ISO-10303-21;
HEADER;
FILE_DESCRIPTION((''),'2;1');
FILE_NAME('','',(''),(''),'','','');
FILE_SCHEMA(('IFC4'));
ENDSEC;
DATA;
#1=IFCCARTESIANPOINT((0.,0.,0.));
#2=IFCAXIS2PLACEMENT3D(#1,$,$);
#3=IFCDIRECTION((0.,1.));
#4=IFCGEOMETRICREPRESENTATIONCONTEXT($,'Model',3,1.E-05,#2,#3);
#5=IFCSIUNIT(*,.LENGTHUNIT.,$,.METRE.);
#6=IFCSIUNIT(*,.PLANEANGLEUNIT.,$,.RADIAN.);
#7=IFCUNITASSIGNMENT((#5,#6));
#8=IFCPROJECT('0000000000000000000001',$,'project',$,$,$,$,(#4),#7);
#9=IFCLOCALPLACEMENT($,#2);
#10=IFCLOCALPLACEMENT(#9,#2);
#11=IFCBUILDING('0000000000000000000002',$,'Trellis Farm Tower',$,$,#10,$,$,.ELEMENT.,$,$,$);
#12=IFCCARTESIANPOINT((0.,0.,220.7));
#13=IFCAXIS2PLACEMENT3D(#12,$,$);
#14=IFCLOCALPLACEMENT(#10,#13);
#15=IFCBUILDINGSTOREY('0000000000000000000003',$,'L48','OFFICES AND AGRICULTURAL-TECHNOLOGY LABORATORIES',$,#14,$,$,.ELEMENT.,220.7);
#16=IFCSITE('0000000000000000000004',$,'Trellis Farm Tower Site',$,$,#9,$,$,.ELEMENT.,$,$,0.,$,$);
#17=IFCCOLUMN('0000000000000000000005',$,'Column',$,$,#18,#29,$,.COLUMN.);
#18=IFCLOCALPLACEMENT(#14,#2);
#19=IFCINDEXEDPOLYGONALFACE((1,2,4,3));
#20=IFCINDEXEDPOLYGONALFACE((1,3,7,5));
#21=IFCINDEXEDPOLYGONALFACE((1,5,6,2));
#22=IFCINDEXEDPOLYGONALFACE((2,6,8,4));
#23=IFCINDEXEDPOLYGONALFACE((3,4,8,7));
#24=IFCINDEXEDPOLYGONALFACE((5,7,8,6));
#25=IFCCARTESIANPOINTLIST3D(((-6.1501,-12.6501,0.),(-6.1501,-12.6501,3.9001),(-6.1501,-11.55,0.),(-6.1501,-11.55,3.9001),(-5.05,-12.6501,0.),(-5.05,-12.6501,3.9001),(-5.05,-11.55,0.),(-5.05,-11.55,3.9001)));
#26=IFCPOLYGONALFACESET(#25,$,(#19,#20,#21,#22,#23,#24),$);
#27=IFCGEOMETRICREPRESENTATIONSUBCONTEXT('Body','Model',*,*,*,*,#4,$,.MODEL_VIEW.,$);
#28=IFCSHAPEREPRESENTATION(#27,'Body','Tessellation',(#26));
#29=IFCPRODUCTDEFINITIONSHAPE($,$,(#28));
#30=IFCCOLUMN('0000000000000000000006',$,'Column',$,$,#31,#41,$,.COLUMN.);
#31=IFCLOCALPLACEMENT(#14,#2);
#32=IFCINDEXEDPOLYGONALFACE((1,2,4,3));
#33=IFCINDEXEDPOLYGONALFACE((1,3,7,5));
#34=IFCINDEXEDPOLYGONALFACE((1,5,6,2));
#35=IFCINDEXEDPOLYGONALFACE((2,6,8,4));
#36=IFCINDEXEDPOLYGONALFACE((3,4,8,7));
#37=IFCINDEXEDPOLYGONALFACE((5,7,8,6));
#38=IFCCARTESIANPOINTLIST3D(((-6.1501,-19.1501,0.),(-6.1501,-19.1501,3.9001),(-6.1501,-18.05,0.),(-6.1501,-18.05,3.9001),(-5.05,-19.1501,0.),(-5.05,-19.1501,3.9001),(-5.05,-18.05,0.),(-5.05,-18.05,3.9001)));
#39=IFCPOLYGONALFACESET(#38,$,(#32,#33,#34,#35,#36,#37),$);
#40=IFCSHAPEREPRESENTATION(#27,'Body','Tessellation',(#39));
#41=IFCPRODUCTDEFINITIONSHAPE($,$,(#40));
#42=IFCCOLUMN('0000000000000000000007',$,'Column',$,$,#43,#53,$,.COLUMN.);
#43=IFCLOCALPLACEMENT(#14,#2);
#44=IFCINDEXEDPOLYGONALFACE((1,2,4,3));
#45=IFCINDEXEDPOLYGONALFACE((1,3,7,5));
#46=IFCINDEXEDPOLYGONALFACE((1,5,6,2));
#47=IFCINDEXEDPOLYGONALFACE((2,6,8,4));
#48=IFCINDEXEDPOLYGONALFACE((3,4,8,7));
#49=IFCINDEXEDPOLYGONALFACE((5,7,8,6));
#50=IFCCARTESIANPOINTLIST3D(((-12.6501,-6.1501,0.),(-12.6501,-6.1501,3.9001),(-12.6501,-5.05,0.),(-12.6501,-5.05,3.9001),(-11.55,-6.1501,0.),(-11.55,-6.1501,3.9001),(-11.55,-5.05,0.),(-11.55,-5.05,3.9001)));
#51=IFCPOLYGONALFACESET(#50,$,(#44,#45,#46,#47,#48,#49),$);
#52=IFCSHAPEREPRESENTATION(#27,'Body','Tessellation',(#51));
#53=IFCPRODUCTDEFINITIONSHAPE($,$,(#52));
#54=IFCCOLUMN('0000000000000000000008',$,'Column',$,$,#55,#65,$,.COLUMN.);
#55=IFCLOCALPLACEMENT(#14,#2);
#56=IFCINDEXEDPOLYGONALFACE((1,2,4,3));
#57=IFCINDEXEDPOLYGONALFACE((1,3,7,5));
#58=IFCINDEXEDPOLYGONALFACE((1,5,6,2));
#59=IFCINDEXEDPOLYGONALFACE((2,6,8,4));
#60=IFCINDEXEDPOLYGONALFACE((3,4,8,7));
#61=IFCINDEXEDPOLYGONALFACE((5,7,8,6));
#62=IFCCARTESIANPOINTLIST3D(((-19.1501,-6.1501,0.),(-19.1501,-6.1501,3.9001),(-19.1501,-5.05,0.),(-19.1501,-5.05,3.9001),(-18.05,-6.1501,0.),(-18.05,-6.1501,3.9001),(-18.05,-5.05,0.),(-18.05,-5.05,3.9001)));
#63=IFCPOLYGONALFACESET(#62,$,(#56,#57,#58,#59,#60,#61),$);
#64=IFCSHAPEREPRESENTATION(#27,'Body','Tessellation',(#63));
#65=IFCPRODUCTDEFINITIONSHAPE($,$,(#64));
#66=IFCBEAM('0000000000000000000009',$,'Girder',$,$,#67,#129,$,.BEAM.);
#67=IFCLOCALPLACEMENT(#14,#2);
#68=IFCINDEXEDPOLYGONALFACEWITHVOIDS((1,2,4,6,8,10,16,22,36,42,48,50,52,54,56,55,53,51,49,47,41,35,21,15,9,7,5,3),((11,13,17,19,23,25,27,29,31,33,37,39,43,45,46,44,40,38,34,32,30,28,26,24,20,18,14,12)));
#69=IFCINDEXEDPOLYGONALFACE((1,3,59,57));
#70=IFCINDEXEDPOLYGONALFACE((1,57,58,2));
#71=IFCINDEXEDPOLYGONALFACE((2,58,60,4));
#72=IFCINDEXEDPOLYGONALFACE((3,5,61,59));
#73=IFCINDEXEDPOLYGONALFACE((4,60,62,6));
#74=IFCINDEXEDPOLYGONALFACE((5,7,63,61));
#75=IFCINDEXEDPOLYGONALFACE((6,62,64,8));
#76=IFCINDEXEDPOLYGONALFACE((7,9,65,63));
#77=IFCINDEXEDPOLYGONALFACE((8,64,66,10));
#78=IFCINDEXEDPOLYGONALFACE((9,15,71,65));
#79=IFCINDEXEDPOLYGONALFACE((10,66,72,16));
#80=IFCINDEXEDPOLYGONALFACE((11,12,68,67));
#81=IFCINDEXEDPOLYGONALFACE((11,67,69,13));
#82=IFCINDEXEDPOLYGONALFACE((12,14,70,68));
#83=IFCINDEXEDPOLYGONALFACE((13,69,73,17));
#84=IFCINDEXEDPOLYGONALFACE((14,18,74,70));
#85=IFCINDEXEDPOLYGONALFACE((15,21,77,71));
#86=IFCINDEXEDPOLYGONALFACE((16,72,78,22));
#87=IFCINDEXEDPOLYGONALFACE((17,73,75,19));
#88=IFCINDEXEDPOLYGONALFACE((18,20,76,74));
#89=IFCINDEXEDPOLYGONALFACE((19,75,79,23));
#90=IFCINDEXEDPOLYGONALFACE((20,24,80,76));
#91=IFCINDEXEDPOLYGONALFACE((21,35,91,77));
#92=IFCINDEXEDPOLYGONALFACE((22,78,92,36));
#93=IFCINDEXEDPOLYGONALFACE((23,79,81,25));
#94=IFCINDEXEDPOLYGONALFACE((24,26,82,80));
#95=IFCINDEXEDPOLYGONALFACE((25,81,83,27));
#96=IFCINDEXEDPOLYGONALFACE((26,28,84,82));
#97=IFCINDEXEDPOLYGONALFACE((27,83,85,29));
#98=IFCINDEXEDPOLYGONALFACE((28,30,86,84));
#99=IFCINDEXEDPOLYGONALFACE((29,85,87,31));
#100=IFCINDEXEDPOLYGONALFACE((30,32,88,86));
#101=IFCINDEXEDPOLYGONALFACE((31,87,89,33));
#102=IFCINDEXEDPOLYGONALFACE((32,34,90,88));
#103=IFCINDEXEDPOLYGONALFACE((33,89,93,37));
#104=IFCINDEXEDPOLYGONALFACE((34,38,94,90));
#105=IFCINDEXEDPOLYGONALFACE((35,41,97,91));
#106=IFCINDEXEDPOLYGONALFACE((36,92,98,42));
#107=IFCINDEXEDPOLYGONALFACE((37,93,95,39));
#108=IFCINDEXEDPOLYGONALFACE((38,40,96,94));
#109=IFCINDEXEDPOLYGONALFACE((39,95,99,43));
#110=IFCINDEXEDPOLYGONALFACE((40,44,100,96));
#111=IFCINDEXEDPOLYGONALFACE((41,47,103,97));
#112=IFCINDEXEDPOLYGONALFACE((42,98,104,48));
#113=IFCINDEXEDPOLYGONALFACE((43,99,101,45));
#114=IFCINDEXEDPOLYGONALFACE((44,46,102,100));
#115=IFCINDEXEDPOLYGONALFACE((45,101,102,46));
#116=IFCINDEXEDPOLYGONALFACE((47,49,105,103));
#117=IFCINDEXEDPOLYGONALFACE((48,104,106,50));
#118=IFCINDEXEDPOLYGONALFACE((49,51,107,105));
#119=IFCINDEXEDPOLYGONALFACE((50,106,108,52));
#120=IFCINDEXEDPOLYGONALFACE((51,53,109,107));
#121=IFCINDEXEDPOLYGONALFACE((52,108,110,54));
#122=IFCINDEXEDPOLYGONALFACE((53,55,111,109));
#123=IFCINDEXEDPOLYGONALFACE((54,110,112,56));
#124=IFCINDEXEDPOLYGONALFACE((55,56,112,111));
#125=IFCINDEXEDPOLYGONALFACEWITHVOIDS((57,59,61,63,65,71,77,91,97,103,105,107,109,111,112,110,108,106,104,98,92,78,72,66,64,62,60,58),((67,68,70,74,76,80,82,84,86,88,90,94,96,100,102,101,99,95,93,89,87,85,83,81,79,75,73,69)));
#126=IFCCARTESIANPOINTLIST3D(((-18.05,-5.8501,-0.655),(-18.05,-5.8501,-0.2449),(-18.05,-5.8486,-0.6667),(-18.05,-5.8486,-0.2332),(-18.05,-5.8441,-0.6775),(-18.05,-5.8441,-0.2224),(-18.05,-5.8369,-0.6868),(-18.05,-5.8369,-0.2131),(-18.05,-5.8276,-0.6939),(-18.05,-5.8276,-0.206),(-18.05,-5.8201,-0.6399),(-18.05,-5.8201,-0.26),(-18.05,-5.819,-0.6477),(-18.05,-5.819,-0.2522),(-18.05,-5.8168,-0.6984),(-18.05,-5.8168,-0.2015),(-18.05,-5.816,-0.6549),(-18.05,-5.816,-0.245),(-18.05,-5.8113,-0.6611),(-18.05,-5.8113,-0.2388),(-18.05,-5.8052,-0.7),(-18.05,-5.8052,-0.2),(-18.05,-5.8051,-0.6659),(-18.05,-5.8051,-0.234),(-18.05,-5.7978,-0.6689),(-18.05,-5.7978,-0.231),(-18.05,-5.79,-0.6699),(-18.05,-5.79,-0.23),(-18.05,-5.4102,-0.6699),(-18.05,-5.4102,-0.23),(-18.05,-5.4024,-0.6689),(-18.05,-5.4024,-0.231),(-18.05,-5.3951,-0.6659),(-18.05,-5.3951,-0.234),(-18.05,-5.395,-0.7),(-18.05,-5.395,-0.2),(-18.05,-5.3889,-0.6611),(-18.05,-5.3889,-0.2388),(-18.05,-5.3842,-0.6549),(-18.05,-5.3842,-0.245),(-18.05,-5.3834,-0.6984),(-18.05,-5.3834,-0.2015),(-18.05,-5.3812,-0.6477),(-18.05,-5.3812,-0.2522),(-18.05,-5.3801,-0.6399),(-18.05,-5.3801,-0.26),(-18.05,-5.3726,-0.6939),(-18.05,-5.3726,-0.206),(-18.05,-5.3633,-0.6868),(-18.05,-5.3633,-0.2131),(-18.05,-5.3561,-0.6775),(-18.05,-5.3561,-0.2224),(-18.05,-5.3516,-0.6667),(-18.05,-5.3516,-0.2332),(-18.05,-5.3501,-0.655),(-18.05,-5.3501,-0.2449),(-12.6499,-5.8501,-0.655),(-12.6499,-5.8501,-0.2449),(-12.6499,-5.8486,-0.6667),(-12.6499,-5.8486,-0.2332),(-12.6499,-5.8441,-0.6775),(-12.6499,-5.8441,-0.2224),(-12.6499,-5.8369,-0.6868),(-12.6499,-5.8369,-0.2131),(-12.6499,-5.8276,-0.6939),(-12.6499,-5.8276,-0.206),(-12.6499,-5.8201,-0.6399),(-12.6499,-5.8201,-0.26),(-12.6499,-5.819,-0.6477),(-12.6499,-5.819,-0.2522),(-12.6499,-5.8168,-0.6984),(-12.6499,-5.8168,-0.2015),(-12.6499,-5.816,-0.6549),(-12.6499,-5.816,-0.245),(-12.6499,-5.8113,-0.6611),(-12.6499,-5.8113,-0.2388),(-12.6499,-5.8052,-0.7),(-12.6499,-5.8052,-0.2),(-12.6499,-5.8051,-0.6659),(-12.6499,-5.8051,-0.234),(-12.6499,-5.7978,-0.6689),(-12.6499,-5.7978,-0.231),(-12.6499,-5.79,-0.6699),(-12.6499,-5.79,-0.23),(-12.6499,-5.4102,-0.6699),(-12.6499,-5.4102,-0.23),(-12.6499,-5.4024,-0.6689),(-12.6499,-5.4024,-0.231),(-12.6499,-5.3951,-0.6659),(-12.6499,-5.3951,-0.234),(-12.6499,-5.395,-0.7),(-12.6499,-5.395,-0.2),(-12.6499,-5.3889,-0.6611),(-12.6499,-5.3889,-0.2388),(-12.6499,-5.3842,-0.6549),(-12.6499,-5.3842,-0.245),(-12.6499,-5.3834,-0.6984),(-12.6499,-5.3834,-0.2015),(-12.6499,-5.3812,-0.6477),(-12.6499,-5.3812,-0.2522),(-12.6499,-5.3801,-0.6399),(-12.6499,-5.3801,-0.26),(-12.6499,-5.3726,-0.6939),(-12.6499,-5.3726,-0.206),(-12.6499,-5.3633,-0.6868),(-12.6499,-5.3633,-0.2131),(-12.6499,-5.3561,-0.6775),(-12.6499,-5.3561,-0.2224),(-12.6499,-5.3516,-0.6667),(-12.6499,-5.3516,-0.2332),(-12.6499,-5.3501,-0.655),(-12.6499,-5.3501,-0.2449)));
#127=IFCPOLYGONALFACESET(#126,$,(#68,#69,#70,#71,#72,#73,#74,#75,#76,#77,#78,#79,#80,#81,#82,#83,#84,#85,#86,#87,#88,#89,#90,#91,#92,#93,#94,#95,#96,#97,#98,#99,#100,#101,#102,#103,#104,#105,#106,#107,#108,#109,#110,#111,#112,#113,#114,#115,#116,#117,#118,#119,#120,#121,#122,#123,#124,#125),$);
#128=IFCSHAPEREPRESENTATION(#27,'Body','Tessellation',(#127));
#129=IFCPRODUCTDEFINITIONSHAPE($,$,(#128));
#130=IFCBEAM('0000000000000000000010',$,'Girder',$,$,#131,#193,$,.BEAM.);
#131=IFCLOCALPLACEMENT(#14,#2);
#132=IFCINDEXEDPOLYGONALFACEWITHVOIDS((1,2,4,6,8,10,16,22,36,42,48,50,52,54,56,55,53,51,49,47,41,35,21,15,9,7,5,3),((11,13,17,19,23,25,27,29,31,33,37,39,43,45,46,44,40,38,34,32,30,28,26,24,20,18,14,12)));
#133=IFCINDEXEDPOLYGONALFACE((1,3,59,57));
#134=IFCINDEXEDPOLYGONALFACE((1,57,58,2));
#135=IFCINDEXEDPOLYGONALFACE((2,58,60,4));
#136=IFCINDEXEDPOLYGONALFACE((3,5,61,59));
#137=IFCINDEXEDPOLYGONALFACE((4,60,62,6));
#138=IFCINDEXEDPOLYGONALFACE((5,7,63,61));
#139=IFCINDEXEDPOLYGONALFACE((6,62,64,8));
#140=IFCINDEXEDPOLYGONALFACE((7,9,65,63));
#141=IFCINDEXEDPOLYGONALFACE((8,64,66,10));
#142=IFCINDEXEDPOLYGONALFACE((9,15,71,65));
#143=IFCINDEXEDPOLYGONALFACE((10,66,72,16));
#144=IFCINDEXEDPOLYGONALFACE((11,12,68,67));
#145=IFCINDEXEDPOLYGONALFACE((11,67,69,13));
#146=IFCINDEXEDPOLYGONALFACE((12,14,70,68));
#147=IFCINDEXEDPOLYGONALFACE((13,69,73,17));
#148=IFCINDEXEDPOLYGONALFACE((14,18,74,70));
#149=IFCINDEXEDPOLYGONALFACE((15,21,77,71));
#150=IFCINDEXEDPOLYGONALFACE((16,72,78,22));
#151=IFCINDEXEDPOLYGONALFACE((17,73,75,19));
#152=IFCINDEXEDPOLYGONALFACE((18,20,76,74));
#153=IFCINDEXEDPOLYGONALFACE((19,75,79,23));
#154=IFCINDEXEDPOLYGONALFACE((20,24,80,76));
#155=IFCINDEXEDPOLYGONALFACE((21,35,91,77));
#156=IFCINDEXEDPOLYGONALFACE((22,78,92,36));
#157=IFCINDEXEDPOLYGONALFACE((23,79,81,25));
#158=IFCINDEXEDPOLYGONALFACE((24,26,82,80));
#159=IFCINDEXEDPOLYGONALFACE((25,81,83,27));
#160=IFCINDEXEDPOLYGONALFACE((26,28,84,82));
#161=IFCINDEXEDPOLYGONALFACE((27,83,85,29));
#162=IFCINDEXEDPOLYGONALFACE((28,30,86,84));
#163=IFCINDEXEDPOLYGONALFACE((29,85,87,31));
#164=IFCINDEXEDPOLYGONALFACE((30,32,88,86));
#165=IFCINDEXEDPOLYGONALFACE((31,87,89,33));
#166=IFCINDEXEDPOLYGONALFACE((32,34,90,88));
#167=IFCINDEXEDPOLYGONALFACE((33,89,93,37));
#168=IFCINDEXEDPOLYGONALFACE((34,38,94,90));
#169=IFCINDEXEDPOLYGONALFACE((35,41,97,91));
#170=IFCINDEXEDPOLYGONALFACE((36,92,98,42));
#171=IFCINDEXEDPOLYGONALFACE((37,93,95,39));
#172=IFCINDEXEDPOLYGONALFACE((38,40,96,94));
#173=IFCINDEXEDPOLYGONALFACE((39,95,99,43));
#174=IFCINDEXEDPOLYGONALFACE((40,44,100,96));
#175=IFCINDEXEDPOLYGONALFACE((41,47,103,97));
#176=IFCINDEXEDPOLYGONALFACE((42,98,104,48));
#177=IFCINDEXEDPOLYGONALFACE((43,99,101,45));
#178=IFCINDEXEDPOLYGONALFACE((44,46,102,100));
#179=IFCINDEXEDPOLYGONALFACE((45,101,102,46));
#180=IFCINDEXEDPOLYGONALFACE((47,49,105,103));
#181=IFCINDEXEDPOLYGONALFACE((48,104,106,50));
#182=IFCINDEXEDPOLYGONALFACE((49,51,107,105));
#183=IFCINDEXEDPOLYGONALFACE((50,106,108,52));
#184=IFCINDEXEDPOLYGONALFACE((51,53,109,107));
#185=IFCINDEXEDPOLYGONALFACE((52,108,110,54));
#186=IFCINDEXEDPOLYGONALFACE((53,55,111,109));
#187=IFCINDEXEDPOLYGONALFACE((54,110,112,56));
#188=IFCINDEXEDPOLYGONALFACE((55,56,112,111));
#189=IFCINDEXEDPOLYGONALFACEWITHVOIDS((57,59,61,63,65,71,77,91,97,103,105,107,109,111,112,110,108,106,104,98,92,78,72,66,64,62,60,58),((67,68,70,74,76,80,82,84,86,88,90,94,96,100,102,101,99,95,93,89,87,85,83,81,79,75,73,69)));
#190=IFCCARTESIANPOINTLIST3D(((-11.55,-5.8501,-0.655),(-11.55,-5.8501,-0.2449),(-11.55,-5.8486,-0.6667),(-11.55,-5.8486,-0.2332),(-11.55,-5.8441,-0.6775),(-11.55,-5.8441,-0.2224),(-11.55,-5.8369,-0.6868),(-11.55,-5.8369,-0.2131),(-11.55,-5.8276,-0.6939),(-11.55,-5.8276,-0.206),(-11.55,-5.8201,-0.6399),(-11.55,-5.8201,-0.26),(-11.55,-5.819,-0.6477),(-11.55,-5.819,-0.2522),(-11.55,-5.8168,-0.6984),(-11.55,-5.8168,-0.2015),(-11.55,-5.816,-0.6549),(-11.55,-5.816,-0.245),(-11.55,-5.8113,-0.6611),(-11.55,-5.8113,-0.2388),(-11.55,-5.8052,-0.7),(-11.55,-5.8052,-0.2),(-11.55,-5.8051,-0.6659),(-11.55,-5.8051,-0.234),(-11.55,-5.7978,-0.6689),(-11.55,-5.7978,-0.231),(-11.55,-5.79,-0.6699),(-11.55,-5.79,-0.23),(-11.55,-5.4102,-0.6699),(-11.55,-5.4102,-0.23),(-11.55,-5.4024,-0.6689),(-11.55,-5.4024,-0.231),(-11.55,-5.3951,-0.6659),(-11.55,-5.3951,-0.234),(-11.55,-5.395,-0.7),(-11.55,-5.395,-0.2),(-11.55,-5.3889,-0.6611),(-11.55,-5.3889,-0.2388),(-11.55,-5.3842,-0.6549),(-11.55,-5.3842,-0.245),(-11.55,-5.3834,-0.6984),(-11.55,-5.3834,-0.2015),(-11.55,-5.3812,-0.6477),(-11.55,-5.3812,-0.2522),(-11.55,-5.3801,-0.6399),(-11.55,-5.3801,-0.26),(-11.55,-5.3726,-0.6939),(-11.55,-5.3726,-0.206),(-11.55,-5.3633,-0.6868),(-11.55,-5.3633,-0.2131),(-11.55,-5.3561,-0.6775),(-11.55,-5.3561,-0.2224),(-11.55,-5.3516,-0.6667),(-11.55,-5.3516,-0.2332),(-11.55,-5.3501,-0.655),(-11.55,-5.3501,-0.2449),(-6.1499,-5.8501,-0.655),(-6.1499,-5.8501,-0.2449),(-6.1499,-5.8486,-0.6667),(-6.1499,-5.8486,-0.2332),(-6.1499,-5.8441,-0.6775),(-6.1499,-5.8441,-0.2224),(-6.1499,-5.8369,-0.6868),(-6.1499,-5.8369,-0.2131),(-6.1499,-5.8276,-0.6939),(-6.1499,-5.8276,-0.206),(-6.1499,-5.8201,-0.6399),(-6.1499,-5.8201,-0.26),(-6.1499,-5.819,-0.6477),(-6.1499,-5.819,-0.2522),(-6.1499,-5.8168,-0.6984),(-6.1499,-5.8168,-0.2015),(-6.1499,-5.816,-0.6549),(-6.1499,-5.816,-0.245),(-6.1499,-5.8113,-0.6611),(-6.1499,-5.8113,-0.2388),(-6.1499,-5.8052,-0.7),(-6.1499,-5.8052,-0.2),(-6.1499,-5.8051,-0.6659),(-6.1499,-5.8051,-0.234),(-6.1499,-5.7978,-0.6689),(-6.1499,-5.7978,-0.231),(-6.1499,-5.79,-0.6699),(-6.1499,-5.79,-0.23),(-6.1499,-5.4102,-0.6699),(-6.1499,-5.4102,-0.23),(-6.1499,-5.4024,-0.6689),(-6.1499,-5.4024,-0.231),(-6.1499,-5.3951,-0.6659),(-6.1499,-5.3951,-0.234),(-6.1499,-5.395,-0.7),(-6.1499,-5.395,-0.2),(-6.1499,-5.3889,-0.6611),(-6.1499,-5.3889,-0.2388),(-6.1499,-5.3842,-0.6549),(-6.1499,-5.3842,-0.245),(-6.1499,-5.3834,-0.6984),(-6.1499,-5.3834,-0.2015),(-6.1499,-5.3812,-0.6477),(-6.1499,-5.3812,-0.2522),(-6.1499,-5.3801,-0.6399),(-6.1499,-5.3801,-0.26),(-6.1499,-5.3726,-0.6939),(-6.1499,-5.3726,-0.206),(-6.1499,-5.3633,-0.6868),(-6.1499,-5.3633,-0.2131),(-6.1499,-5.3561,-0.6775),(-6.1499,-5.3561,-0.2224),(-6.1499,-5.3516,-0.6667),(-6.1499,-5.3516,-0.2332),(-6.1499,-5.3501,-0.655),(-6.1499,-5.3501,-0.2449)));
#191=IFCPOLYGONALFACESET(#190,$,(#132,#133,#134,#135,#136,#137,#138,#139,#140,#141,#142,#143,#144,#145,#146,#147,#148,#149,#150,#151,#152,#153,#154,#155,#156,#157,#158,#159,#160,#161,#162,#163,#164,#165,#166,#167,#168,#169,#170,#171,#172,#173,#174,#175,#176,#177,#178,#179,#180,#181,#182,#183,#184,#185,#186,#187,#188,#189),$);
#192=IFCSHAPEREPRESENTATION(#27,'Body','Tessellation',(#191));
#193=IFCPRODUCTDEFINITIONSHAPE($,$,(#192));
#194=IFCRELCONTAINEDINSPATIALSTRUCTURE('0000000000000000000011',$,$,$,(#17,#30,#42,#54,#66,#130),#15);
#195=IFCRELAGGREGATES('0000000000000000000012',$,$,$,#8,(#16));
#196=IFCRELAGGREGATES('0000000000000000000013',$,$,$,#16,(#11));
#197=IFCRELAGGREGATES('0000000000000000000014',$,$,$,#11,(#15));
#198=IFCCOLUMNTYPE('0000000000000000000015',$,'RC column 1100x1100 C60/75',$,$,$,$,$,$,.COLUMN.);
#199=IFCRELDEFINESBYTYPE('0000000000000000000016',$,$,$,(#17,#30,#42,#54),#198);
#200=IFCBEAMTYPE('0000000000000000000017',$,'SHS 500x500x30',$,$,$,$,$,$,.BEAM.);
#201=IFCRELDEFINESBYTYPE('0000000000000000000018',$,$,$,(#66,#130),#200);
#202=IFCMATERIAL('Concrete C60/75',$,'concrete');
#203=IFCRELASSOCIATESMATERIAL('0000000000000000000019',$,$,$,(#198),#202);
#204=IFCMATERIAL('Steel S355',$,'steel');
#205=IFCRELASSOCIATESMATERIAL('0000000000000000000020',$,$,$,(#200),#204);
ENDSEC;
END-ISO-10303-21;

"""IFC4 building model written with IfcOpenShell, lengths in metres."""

from ifc_helpers import new_model, si_unit, direction, frame, origin, origin_2d, place, context, subcontext, project, spatial, rectangle, hollow_rectangle, extrude, source, transform, mapped, material, material_profile, profile_set, type_object, element, save


model = new_model("IFC4")

# Units and contexts
model_context = context("Model", 3, precision=1e-05, world=origin(), true_north=direction((0.0, 1.0)))
body_context = subcontext(model_context, "Body", "Model", "MODEL_VIEW")
ifc_project = project(units=[si_unit("LENGTHUNIT", "METRE"), si_unit("PLANEANGLEUNIT", "RADIAN")], contexts=[model_context])

# Site, building, storey
site_placement = place(None, origin())
site = spatial("IfcSite", under=ifc_project, at=site_placement, Name="Trellis Farm Tower Site", CompositionType="ELEMENT", RefElevation=0.0)
building_placement = place(site_placement, origin())
building = spatial("IfcBuilding", under=site, at=building_placement, Name="Trellis Farm Tower", CompositionType="ELEMENT")
storey_placement = place(building_placement, frame((0.0, 0.0, 220.7)))
storey = spatial("IfcBuildingStorey", under=building, at=storey_placement, Name="L48", Description="OFFICES AND AGRICULTURAL-TECHNOLOGY LABORATORIES", CompositionType="ELEMENT", Elevation=220.7)

# Columns
ifc_material_1 = material(Name="Concrete C60/75", Category="concrete")
ifc_material_profile_1 = material_profile(ifc_material_1, rectangle(XDim=1.1001, YDim=1.1001, at=origin_2d()), Name="RC column 1100x1100 C60/75")
ifc_profile_set_1 = profile_set([ifc_material_profile_1], Name="Concrete C60/75")
column_type = type_object("IfcColumnType", Name="RC column 1100x1100 C60/75", PredefinedType="COLUMN", material=ifc_profile_set_1)
shared_shape_1 = source(origin(), body_context, "Body", "SweptSolid", [
    extrude(rectangle(XDim=1.1001, YDim=1.1001, at=origin_2d()), origin(), (0.0, 0.0, 1.0), 3.9001),
])
for number, where, z_axis, x_axis, name in (
    (1, (-5.6001, -12.1001, 0.0), (0.0, 0.0, 1.0), (1.0, 0.0, 0.0), "Column"),
    (2, (-5.6001, -18.6001, 0.0), (0.0, 0.0, 1.0), (1.0, 0.0, 0.0), "Column"),
    (3, (-12.1001, -5.6001, 0.0), (0.0, 0.0, 1.0), (1.0, 0.0, 0.0), "Column"),
    (4, (-18.6001, -5.6001, 0.0), (0.0, 0.0, 1.0), (1.0, 0.0, 0.0), "Column"),
):
    element("IfcColumn", number, at=place(storey_placement, frame(where, z_axis=z_axis, x_axis=x_axis)), inside=storey, type_object=column_type, Name=name, PredefinedType="COLUMN", context=body_context, shape_type="MappedRepresentation", body=[
        mapped(shared_shape_1, transform((0.0, 0.0, 0.0))),
    ])

# Beams
ifc_material_2 = material(Name="Steel S355", Category="steel")
ifc_material_profile_2 = material_profile(ifc_material_2, hollow_rectangle(XDim=0.5, YDim=0.5, WallThickness=0.03, InnerFilletRadius=0.03, OuterFilletRadius=0.0449, at=origin_2d()), Name="SHS 500x500x30")
ifc_profile_set_2 = profile_set([ifc_material_profile_2], Name="Steel S355")
beam_type = type_object("IfcBeamType", Name="SHS 500x500x30", PredefinedType="BEAM", material=ifc_profile_set_2)
shared_shape_2 = source(origin(), body_context, "Body", "SweptSolid", [
    extrude(hollow_rectangle(XDim=0.5, YDim=0.5, WallThickness=0.03, InnerFilletRadius=0.03, OuterFilletRadius=0.0449, at=origin_2d()), origin(), (0.0, 0.0, 1.0), 5.4001),
])
for number, where, z_axis, x_axis, name in (
    (5, (-18.05, -5.6001, -0.45), (1.0, 0.0, 0.0), (0.0, 1.0, 0.0), "Girder"),
    (6, (-11.55, -5.6001, -0.45), (1.0, 0.0, 0.0), (0.0, 1.0, 0.0), "Girder"),
):
    element("IfcBeam", number, at=place(storey_placement, frame(where, z_axis=z_axis, x_axis=x_axis)), inside=storey, type_object=beam_type, Name=name, PredefinedType="BEAM", context=body_context, shape_type="MappedRepresentation", body=[
        mapped(shared_shape_2, transform((0.0, 0.0, 0.0))),
    ])

save(model, "model.ifc")
